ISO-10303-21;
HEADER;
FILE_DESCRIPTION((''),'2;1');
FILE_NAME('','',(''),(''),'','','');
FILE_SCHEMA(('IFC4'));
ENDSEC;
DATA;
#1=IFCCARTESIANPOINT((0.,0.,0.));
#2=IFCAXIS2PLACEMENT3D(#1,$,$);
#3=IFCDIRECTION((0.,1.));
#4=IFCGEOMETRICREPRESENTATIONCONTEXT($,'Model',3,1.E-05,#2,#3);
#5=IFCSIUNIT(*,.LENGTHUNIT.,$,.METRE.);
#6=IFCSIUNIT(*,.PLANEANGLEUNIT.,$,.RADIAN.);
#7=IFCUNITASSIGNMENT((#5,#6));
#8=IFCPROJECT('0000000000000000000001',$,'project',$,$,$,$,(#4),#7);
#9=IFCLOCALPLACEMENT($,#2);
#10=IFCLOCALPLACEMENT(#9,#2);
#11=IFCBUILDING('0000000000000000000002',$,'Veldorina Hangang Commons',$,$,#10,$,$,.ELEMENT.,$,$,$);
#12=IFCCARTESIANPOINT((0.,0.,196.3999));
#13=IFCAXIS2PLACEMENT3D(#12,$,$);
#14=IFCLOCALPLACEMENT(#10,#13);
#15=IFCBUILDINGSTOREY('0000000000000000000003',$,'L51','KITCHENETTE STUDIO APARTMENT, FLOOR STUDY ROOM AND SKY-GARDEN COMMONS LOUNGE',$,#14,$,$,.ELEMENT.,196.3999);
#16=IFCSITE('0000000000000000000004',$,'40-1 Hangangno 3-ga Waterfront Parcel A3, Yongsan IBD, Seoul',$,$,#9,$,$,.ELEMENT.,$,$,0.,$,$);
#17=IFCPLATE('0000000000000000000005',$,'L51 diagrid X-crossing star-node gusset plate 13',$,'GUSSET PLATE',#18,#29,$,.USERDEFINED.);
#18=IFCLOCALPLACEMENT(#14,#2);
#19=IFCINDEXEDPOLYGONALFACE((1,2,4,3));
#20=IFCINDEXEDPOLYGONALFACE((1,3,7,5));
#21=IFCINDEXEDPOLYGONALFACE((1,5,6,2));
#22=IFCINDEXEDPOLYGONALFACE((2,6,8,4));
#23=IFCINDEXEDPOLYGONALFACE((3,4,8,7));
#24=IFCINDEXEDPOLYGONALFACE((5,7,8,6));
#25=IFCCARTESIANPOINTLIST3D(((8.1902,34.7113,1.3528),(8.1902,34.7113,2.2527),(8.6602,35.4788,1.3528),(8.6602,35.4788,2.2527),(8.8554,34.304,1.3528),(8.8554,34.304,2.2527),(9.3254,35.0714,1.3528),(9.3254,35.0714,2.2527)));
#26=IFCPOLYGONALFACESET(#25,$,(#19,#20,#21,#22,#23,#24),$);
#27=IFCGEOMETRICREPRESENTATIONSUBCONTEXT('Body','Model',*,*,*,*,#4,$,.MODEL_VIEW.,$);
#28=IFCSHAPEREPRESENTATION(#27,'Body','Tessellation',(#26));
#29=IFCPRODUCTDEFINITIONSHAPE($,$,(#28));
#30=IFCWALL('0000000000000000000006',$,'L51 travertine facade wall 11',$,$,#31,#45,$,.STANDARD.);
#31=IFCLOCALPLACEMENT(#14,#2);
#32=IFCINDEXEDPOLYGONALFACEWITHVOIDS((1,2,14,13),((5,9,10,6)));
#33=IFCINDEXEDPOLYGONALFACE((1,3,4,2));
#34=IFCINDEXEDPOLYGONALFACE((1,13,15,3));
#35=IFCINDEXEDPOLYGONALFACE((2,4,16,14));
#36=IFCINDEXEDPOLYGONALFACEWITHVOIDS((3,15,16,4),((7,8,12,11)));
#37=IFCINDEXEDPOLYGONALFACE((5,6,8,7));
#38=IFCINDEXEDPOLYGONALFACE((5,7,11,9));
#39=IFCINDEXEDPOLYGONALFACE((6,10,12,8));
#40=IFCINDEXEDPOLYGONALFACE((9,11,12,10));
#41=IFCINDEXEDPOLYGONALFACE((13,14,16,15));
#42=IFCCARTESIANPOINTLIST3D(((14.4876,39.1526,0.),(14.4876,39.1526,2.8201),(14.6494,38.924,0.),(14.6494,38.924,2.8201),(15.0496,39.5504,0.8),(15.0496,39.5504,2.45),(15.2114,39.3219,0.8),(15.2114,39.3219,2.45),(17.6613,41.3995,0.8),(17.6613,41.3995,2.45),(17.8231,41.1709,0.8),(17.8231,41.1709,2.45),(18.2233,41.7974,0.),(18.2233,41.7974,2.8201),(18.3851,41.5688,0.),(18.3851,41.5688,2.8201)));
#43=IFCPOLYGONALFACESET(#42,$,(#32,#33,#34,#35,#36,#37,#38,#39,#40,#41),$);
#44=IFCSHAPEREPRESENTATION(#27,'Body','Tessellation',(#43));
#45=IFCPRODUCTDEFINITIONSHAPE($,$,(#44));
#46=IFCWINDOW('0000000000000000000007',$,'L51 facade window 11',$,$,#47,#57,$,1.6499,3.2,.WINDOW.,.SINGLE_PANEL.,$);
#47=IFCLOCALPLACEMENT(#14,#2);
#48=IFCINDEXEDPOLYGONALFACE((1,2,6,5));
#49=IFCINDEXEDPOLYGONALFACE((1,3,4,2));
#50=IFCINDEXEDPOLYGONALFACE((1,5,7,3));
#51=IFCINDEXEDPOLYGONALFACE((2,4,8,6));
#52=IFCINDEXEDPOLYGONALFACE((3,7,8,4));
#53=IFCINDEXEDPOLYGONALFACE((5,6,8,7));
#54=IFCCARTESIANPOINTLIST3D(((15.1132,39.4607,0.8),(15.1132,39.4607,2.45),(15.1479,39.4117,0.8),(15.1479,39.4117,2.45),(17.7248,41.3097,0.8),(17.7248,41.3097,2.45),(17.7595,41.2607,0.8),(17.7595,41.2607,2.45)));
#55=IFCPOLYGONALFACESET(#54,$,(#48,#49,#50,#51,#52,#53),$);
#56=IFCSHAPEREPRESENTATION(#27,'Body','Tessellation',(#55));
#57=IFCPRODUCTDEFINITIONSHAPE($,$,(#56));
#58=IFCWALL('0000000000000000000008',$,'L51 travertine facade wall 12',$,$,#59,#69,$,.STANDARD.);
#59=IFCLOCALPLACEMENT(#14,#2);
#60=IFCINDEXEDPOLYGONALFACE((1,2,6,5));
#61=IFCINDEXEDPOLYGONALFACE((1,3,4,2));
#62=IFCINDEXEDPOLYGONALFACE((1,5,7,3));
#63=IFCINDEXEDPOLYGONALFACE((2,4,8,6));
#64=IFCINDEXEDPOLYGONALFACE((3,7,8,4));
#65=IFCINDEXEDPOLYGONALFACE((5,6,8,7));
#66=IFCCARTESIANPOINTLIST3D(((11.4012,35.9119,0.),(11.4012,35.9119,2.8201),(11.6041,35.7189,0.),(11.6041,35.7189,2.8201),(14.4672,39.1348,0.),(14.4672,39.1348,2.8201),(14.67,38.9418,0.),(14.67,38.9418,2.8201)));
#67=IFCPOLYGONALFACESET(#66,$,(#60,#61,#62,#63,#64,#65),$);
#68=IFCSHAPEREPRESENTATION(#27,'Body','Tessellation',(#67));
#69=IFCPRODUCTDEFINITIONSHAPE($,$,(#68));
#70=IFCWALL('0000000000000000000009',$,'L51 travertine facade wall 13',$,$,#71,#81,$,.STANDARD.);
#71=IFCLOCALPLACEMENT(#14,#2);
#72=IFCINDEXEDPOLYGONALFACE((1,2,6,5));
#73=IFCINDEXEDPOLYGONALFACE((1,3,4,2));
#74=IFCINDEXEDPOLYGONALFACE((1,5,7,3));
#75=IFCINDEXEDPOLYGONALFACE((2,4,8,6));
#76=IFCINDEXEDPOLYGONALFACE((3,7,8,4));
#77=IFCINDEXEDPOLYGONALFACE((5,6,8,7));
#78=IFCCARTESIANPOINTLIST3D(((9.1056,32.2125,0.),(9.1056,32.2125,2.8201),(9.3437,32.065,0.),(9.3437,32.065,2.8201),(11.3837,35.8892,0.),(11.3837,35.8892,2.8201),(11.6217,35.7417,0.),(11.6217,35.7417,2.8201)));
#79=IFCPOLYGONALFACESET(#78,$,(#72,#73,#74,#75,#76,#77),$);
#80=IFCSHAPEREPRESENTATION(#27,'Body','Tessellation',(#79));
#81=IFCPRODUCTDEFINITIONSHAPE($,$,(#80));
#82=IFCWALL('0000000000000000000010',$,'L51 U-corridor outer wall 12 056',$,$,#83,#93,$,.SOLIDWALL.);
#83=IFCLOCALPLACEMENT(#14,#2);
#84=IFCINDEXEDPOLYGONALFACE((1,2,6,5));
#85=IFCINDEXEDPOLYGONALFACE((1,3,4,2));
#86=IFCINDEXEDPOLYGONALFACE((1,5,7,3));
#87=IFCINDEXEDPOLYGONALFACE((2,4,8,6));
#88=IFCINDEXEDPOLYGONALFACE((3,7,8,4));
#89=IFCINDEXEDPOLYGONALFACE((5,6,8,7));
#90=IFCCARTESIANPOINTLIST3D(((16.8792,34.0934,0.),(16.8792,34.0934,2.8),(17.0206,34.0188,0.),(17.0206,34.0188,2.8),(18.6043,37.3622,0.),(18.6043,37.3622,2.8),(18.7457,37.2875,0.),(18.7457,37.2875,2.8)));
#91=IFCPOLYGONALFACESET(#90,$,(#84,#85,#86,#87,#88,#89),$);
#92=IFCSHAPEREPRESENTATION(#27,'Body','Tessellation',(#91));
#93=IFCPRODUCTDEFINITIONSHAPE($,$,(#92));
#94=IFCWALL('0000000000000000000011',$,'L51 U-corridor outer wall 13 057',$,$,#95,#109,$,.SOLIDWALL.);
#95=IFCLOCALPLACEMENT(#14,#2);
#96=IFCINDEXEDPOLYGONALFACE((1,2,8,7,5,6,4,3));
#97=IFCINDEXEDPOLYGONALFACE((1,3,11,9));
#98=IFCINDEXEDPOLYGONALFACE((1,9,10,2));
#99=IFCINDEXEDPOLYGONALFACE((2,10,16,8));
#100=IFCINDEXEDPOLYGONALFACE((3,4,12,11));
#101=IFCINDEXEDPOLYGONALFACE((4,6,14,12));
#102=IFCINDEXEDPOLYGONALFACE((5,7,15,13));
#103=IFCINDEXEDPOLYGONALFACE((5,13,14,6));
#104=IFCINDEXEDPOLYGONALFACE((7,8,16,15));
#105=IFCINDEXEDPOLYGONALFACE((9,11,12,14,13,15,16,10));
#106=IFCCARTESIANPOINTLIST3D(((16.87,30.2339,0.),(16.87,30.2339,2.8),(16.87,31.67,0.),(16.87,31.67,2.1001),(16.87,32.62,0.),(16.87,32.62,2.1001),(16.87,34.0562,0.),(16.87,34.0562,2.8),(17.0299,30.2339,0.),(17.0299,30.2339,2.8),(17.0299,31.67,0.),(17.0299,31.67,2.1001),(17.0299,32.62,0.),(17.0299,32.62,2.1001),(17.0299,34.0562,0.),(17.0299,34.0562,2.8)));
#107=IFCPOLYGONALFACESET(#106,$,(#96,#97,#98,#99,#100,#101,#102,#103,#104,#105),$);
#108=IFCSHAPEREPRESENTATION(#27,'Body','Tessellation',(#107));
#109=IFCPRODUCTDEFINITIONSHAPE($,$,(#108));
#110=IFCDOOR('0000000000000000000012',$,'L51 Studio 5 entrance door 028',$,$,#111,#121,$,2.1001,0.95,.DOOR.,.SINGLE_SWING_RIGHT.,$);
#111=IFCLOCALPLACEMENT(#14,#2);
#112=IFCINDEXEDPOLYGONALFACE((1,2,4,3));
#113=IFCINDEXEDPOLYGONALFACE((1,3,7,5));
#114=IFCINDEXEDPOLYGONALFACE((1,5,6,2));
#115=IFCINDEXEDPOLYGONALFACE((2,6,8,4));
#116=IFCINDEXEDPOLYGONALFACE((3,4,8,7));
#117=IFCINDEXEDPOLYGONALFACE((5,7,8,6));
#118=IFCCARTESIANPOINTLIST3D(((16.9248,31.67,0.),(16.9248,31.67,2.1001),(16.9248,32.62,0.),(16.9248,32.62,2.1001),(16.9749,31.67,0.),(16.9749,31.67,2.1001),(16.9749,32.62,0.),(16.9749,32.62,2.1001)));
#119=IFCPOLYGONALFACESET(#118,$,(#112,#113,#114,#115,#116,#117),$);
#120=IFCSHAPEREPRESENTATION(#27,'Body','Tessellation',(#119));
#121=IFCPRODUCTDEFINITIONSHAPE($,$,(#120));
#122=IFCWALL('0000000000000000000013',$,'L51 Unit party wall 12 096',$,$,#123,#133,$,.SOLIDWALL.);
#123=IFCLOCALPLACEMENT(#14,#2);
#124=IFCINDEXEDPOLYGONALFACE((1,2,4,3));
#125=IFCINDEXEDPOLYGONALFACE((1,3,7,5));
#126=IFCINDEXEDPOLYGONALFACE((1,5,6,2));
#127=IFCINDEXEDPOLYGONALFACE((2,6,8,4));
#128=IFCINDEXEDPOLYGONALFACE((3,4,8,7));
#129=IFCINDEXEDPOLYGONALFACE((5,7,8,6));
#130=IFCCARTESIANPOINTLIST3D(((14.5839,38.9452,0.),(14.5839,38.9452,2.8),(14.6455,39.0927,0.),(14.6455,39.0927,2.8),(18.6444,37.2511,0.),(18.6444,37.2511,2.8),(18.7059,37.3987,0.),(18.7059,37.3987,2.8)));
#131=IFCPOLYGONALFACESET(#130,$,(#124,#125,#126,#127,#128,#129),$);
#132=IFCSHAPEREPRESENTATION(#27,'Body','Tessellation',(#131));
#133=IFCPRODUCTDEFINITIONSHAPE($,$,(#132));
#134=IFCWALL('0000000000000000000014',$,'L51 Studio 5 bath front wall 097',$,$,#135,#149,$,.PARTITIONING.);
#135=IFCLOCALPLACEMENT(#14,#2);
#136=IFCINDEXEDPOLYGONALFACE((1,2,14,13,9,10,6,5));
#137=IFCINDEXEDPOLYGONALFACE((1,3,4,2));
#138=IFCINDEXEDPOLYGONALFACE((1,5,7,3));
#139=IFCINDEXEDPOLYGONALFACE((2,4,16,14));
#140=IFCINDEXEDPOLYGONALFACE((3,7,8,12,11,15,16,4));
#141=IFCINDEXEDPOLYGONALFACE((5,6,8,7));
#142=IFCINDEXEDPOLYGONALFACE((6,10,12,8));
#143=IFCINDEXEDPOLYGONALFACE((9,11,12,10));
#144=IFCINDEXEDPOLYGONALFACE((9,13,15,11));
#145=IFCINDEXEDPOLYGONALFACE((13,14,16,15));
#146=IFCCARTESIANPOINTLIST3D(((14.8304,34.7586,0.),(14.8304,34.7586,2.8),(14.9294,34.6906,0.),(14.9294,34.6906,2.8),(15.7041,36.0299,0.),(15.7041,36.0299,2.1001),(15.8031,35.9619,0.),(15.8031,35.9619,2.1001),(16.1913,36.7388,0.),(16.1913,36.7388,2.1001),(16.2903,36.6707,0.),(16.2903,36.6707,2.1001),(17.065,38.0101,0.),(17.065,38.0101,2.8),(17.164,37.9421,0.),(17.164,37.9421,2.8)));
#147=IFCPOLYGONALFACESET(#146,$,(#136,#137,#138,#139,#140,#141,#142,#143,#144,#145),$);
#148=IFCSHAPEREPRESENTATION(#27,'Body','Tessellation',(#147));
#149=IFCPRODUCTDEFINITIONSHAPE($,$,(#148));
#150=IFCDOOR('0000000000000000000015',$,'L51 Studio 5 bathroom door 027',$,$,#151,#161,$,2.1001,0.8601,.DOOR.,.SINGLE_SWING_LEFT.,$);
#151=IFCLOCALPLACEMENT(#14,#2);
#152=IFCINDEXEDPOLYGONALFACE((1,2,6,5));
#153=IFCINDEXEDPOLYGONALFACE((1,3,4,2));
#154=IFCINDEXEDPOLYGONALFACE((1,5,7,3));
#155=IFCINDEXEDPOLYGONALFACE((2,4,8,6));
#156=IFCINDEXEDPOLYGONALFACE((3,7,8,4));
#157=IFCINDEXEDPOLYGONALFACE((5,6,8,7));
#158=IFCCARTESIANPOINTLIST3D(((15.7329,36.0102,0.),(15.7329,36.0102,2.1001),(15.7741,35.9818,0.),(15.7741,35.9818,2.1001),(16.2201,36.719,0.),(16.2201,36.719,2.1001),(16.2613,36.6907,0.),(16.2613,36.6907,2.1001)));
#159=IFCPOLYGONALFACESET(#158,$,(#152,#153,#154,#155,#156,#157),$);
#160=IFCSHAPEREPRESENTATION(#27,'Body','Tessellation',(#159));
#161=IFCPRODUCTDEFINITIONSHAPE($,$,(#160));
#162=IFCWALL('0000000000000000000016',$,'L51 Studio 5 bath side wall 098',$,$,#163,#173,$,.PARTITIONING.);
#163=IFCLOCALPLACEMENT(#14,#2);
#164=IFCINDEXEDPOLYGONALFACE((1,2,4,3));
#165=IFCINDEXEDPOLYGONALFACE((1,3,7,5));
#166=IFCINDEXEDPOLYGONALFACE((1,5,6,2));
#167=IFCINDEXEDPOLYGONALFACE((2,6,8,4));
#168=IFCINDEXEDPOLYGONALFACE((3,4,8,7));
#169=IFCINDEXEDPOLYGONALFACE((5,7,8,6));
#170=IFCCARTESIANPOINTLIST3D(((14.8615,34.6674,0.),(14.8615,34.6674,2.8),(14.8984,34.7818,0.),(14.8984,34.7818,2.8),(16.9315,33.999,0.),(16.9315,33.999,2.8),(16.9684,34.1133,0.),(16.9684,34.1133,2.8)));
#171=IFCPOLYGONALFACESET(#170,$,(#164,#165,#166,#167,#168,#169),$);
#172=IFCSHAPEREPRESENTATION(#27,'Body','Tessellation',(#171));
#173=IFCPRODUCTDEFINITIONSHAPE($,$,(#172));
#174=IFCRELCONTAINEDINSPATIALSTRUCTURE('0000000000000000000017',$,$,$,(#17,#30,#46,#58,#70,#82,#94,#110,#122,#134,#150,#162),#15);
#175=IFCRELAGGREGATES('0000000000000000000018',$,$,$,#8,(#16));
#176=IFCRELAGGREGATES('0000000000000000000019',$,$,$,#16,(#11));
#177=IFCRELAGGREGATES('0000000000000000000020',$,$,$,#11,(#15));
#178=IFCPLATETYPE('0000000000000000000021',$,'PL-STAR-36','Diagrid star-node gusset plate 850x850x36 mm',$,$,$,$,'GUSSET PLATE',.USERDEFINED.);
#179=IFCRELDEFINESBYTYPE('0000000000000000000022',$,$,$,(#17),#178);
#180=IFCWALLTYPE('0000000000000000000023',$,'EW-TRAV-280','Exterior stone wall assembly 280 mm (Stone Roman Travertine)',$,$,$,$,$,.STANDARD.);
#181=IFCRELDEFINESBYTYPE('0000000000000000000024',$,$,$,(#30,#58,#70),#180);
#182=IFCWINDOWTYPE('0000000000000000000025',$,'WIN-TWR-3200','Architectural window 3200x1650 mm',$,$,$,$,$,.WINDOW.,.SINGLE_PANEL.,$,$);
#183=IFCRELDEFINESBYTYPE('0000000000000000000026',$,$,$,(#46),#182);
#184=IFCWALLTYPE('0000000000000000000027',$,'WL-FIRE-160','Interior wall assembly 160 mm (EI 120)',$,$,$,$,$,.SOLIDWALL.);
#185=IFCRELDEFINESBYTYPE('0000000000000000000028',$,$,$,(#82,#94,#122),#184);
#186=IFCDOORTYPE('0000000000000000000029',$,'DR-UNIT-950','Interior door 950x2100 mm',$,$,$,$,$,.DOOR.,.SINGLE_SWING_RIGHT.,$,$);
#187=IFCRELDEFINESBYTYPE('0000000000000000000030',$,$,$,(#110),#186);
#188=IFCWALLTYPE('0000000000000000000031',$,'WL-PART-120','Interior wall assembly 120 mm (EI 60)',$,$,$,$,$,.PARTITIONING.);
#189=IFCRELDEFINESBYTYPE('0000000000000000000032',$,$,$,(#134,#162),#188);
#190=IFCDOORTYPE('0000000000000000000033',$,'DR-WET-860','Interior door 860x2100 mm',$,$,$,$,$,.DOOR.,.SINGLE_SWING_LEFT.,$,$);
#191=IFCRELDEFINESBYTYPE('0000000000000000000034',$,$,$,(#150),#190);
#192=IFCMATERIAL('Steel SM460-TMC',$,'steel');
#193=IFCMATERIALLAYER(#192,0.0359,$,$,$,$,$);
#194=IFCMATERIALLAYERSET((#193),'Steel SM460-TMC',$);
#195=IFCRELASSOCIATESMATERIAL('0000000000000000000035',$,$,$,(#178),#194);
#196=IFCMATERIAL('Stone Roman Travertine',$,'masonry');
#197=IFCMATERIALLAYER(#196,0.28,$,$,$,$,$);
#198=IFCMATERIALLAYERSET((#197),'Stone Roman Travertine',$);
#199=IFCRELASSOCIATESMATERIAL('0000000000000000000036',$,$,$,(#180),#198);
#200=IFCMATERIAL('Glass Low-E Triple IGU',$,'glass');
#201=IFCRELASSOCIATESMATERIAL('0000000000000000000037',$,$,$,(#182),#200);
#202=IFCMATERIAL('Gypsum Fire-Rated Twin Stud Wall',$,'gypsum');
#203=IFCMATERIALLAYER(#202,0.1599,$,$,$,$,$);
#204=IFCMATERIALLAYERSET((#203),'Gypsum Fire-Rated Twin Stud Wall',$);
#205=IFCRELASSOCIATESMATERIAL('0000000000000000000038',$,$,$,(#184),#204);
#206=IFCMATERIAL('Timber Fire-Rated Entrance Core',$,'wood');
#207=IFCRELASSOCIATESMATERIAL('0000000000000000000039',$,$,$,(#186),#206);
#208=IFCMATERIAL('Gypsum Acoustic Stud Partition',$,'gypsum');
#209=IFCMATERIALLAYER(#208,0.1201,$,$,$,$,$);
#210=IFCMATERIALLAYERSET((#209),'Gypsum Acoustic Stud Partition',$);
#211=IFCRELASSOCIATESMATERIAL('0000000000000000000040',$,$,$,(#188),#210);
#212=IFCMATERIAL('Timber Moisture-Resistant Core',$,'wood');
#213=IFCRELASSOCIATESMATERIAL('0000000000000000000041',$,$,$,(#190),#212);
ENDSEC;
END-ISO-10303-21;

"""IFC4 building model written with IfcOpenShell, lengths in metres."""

from ifc_helpers import new_model, si_unit, direction, frame, frame_2d, origin, origin_2d, place, context, subcontext, project, spatial, rectangle, extrude, material, layer, layer_set, type_object, element, fill, save


model = new_model("IFC4")

# Units and contexts
model_context = context("Model", 3, precision=1e-05, world=origin(), true_north=direction((0.0, 1.0)))
body_context = subcontext(model_context, "Body", "Model", "MODEL_VIEW")
ifc_project = project(units=[si_unit("LENGTHUNIT", "METRE"), si_unit("PLANEANGLEUNIT", "RADIAN")], contexts=[model_context])

# Site, building, storey
site_placement = place(None, origin())
site = spatial("IfcSite", under=ifc_project, at=site_placement, Name="40-1 Hangangno 3-ga Waterfront Parcel A3, Yongsan IBD, Seoul", CompositionType="ELEMENT", RefElevation=0.0)
building_placement = place(site_placement, origin())
building = spatial("IfcBuilding", under=site, at=building_placement, Name="Veldorina Hangang Commons", CompositionType="ELEMENT")
storey_placement = place(building_placement, frame((0.0, 0.0, 196.3999)))
storey = spatial("IfcBuildingStorey", under=building, at=storey_placement, Name="L51", Description="KITCHENETTE STUDIO APARTMENT, FLOOR STUDY ROOM AND SKY-GARDEN COMMONS LOUNGE", CompositionType="ELEMENT", Elevation=196.3999)

# Plate
ifc_material_1 = material(Name="Steel SM460-TMC", Category="steel")
ifc_layer_1 = layer(ifc_material_1, 0.0359)
ifc_layer_set_1 = layer_set([ifc_layer_1], Name="Steel SM460-TMC")
plate_type = type_object("IfcPlateType", Name="PL-STAR-36", Description="Diagrid star-node gusset plate 850x850x36 mm", ElementType="GUSSET PLATE", PredefinedType="USERDEFINED", material=ifc_layer_set_1)
plate_1_placement = place(storey_placement, frame((8.7578, 34.8914, 1.3528), z_axis=(0.0, 0.0, 1.0), x_axis=(-0.522246, -0.852795, 0.0)))
element("IfcPlate", 1, at=plate_1_placement, inside=storey, type_object=plate_type, Name="L51 diagrid X-crossing star-node gusset plate 13", ObjectType="GUSSET PLATE", PredefinedType="USERDEFINED", context=body_context, shape_type="SweptSolid", body=[
    extrude(rectangle(XDim=0.8999, YDim=0.78, at=origin_2d()), origin(), (0.0, 0.0, 1.0), 0.8999),
])

# Wall, opening, window
ifc_material_2 = material(Name="Stone Roman Travertine", Category="masonry")
ifc_layer_2 = layer(ifc_material_2, 0.28)
ifc_layer_set_2 = layer_set([ifc_layer_2], Name="Stone Roman Travertine")
wall_type_1 = type_object("IfcWallType", Name="EW-TRAV-280", Description="Exterior stone wall assembly 280 mm (Stone Roman Travertine)", PredefinedType="STANDARD", material=ifc_layer_set_2)
wall_1_placement = place(storey_placement, frame((18.3042, 41.6831, 0.0), z_axis=(0.0, 0.0, 1.0), x_axis=(-0.816155, -0.577832, 0.0)))
wall_1 = element("IfcWall", 2, at=wall_1_placement, inside=storey, type_object=wall_type_1, Name="L51 travertine facade wall 11", PredefinedType="STANDARD", context=body_context, shape_type="SweptSolid", body=[
    extrude(rectangle(XDim=4.5771, YDim=0.28, at=frame_2d((2.2886, 0.0))), origin(), (0.0, 0.0, 1.0), 2.8201),
])
opening_1_placement = place(wall_1_placement, frame((0.6885, 0.0, 0.8)))
opening_1 = element("IfcOpeningElement", 3, at=opening_1_placement, cuts=wall_1, PredefinedType="OPENING", context=body_context, shape_type="SweptSolid", body=[
    extrude(rectangle(XDim=3.2, YDim=1.6499, at=frame_2d((1.6001, 0.825))), frame((0.0, 0.1499, 0.0), z_axis=(0.0, -1.0, 0.0), x_axis=(1.0, 0.0, 0.0)), (0.0, 0.0, 1.0), 0.3),
])
ifc_material_3 = material(Name="Glass Low-E Triple IGU", Category="glass")
window_type = type_object("IfcWindowType", Name="WIN-TWR-3200", Description="Architectural window 3200x1650 mm", PartitioningType="SINGLE_PANEL", PredefinedType="WINDOW", material=ifc_material_3)
window_placement = place(opening_1_placement, origin())
window = element("IfcWindow", 4, at=window_placement, inside=storey, type_object=window_type, Name="L51 facade window 11", OverallHeight=1.6499, OverallWidth=3.2, PartitioningType="SINGLE_PANEL", PredefinedType="WINDOW", context=body_context, shape_type="SweptSolid", body=[
    extrude(rectangle(XDim=3.2, YDim=1.6499, at=frame_2d((1.6001, 0.825))), frame((0.0, 0.03, 0.0), z_axis=(0.0, -1.0, 0.0), x_axis=(1.0, 0.0, 0.0)), (0.0, 0.0, 1.0), 0.0601),
])
fill(opening_1, window)

# Walls
wall_2_placement = place(storey_placement, frame((14.5686, 39.0383, 0.0), z_axis=(0.0, 0.0, 1.0), x_axis=(-0.689241, -0.724532, 0.0)))
element("IfcWall", 5, at=wall_2_placement, inside=storey, type_object=wall_type_1, Name="L51 travertine facade wall 12", PredefinedType="STANDARD", context=body_context, shape_type="SweptSolid", body=[
    extrude(rectangle(XDim=4.4482, YDim=0.28, at=frame_2d((2.2241, 0.0))), origin(), (0.0, 0.0, 1.0), 2.8201),
])
wall_3_placement = place(storey_placement, frame((11.5027, 35.8154, 0.0), z_axis=(0.0, 0.0, 1.0), x_axis=(-0.526687, -0.850059, 0.0)))
element("IfcWall", 6, at=wall_3_placement, inside=storey, type_object=wall_type_1, Name="L51 travertine facade wall 13", PredefinedType="STANDARD", context=body_context, shape_type="SweptSolid", body=[
    extrude(rectangle(XDim=4.3252, YDim=0.28, at=frame_2d((2.1626, 0.0))), origin(), (0.0, 0.0, 1.0), 2.8201),
])
ifc_material_4 = material(Name="Gypsum Fire-Rated Twin Stud Wall", Category="gypsum")
ifc_layer_3 = layer(ifc_material_4, 0.1599)
ifc_layer_set_3 = layer_set([ifc_layer_3], Name="Gypsum Fire-Rated Twin Stud Wall")
wall_type_2 = type_object("IfcWallType", Name="WL-FIRE-160", Description="Interior wall assembly 160 mm (EI 120)", PredefinedType="SOLIDWALL", material=ifc_layer_set_3)
wall_4_placement = place(storey_placement, frame((18.675, 37.325, 0.0), z_axis=(0.0, 0.0, 1.0), x_axis=(-0.466737, -0.884396, 0.0)))
element("IfcWall", 7, at=wall_4_placement, inside=storey, type_object=wall_type_2, Name="L51 U-corridor outer wall 12 056", PredefinedType="SOLIDWALL", context=body_context, shape_type="SweptSolid", body=[
    extrude(rectangle(XDim=3.696, YDim=0.1599, at=frame_2d((1.8481, 0.0))), origin(), (0.0, 0.0, 1.0), 2.8),
])

# Wall, opening, door
wall_5_placement = place(storey_placement, frame((16.95, 34.0562, 0.0), z_axis=(0.0, 0.0, 1.0), x_axis=(0.0, -1.0, 0.0)))
wall_5 = element("IfcWall", 8, at=wall_5_placement, inside=storey, type_object=wall_type_2, Name="L51 U-corridor outer wall 13 057", PredefinedType="SOLIDWALL", context=body_context, shape_type="SweptSolid", body=[
    extrude(rectangle(XDim=3.8223, YDim=0.1599, at=frame_2d((1.9111, 0.0))), origin(), (0.0, 0.0, 1.0), 2.8),
])
opening_2_placement = place(wall_5_placement, frame((1.436, 0.0, 0.0)))
opening_2 = element("IfcOpeningElement", 9, at=opening_2_placement, cuts=wall_5, PredefinedType="OPENING", context=body_context, shape_type="SweptSolid", body=[
    extrude(rectangle(XDim=0.95, YDim=2.1001, at=frame_2d((0.4751, 1.05))), frame((0.0, 0.0898, 0.0), z_axis=(0.0, -1.0, 0.0), x_axis=(1.0, 0.0, 0.0)), (0.0, 0.0, 1.0), 0.1799),
])
ifc_material_5 = material(Name="Timber Fire-Rated Entrance Core", Category="wood")
door_type_1 = type_object("IfcDoorType", Name="DR-UNIT-950", Description="Interior door 950x2100 mm", OperationType="SINGLE_SWING_RIGHT", PredefinedType="DOOR", material=ifc_material_5)
door_1_placement = place(opening_2_placement, origin())
door_1 = element("IfcDoor", 10, at=door_1_placement, inside=storey, type_object=door_type_1, Name="L51 Studio 5 entrance door 028", OperationType="SINGLE_SWING_RIGHT", OverallHeight=2.1001, OverallWidth=0.95, PredefinedType="DOOR", context=body_context, shape_type="SweptSolid", body=[
    extrude(rectangle(XDim=0.95, YDim=2.1001, at=frame_2d((0.4751, 1.05))), frame((0.0, 0.0249, 0.0), z_axis=(0.0, -1.0, 0.0), x_axis=(1.0, 0.0, 0.0)), (0.0, 0.0, 1.0), 0.05),
])
fill(opening_2, door_1)

# Wall
wall_6_placement = place(storey_placement, frame((18.675, 37.325, 0.0), z_axis=(0.0, 0.0, 1.0), x_axis=(-0.9229, 0.385041, 0.0)))
element("IfcWall", 11, at=wall_6_placement, inside=storey, type_object=wall_type_2, Name="L51 Unit party wall 12 096", PredefinedType="SOLIDWALL", context=body_context, shape_type="SweptSolid", body=[
    extrude(rectangle(XDim=4.3997, YDim=0.1599, at=frame_2d((2.1997, 0.0))), origin(), (0.0, 0.0, 1.0), 2.8),
])

# Wall, opening, door
ifc_material_6 = material(Name="Gypsum Acoustic Stud Partition", Category="gypsum")
ifc_layer_4 = layer(ifc_material_6, 0.1201)
ifc_layer_set_4 = layer_set([ifc_layer_4], Name="Gypsum Acoustic Stud Partition")
wall_type_3 = type_object("IfcWallType", Name="WL-PART-120", Description="Interior wall assembly 120 mm (EI 60)", PredefinedType="PARTITIONING", material=ifc_layer_set_4)
wall_7_placement = place(storey_placement, frame((17.1145, 37.9761, 0.0), z_axis=(0.0, 0.0, 1.0), x_axis=(-0.566398, -0.824132, 0.0)))
wall_7 = element("IfcWall", 12, at=wall_7_placement, inside=storey, type_object=wall_type_3, Name="L51 Studio 5 bath front wall 097", PredefinedType="PARTITIONING", context=body_context, shape_type="SweptSolid", body=[
    extrude(rectangle(XDim=3.9453, YDim=0.1201, at=frame_2d((1.9727, 0.0))), origin(), (0.0, 0.0, 1.0), 2.8),
])
opening_3_placement = place(wall_7_placement, frame((1.5425, 0.0, 0.0)))
opening_3 = element("IfcOpeningElement", 13, at=opening_3_placement, cuts=wall_7, PredefinedType="OPENING", context=body_context, shape_type="SweptSolid", body=[
    extrude(rectangle(XDim=0.8601, YDim=2.1001, at=frame_2d((0.4302, 1.05))), frame((0.0, 0.0701, 0.0), z_axis=(0.0, -1.0, 0.0), x_axis=(1.0, 0.0, 0.0)), (0.0, 0.0, 1.0), 0.1401),
])
ifc_material_7 = material(Name="Timber Moisture-Resistant Core", Category="wood")
door_type_2 = type_object("IfcDoorType", Name="DR-WET-860", Description="Interior door 860x2100 mm", OperationType="SINGLE_SWING_LEFT", PredefinedType="DOOR", material=ifc_material_7)
door_2_placement = place(opening_3_placement, origin())
door_2 = element("IfcDoor", 14, at=door_2_placement, inside=storey, type_object=door_type_2, Name="L51 Studio 5 bathroom door 027", OperationType="SINGLE_SWING_LEFT", OverallHeight=2.1001, OverallWidth=0.8601, PredefinedType="DOOR", context=body_context, shape_type="SweptSolid", body=[
    extrude(rectangle(XDim=0.8601, YDim=2.1001, at=frame_2d((0.4302, 1.05))), frame((0.0, 0.0249, 0.0), z_axis=(0.0, -1.0, 0.0), x_axis=(1.0, 0.0, 0.0)), (0.0, 0.0, 1.0), 0.05),
])
fill(opening_3, door_2)

# Wall
wall_8_placement = place(storey_placement, frame((16.95, 34.0562, 0.0), z_axis=(0.0, 0.0, 1.0), x_axis=(-0.951615, 0.307291, 0.0)))
element("IfcWall", 15, at=wall_8_placement, inside=storey, type_object=wall_type_3, Name="L51 Studio 5 bath side wall 098", PredefinedType="PARTITIONING", context=body_context, shape_type="SweptSolid", body=[
    extrude(rectangle(XDim=2.1753, YDim=0.1201, at=frame_2d((1.0876, 0.0))), origin(), (0.0, 0.0, 1.0), 2.8),
])

save(model, "model.ifc")
